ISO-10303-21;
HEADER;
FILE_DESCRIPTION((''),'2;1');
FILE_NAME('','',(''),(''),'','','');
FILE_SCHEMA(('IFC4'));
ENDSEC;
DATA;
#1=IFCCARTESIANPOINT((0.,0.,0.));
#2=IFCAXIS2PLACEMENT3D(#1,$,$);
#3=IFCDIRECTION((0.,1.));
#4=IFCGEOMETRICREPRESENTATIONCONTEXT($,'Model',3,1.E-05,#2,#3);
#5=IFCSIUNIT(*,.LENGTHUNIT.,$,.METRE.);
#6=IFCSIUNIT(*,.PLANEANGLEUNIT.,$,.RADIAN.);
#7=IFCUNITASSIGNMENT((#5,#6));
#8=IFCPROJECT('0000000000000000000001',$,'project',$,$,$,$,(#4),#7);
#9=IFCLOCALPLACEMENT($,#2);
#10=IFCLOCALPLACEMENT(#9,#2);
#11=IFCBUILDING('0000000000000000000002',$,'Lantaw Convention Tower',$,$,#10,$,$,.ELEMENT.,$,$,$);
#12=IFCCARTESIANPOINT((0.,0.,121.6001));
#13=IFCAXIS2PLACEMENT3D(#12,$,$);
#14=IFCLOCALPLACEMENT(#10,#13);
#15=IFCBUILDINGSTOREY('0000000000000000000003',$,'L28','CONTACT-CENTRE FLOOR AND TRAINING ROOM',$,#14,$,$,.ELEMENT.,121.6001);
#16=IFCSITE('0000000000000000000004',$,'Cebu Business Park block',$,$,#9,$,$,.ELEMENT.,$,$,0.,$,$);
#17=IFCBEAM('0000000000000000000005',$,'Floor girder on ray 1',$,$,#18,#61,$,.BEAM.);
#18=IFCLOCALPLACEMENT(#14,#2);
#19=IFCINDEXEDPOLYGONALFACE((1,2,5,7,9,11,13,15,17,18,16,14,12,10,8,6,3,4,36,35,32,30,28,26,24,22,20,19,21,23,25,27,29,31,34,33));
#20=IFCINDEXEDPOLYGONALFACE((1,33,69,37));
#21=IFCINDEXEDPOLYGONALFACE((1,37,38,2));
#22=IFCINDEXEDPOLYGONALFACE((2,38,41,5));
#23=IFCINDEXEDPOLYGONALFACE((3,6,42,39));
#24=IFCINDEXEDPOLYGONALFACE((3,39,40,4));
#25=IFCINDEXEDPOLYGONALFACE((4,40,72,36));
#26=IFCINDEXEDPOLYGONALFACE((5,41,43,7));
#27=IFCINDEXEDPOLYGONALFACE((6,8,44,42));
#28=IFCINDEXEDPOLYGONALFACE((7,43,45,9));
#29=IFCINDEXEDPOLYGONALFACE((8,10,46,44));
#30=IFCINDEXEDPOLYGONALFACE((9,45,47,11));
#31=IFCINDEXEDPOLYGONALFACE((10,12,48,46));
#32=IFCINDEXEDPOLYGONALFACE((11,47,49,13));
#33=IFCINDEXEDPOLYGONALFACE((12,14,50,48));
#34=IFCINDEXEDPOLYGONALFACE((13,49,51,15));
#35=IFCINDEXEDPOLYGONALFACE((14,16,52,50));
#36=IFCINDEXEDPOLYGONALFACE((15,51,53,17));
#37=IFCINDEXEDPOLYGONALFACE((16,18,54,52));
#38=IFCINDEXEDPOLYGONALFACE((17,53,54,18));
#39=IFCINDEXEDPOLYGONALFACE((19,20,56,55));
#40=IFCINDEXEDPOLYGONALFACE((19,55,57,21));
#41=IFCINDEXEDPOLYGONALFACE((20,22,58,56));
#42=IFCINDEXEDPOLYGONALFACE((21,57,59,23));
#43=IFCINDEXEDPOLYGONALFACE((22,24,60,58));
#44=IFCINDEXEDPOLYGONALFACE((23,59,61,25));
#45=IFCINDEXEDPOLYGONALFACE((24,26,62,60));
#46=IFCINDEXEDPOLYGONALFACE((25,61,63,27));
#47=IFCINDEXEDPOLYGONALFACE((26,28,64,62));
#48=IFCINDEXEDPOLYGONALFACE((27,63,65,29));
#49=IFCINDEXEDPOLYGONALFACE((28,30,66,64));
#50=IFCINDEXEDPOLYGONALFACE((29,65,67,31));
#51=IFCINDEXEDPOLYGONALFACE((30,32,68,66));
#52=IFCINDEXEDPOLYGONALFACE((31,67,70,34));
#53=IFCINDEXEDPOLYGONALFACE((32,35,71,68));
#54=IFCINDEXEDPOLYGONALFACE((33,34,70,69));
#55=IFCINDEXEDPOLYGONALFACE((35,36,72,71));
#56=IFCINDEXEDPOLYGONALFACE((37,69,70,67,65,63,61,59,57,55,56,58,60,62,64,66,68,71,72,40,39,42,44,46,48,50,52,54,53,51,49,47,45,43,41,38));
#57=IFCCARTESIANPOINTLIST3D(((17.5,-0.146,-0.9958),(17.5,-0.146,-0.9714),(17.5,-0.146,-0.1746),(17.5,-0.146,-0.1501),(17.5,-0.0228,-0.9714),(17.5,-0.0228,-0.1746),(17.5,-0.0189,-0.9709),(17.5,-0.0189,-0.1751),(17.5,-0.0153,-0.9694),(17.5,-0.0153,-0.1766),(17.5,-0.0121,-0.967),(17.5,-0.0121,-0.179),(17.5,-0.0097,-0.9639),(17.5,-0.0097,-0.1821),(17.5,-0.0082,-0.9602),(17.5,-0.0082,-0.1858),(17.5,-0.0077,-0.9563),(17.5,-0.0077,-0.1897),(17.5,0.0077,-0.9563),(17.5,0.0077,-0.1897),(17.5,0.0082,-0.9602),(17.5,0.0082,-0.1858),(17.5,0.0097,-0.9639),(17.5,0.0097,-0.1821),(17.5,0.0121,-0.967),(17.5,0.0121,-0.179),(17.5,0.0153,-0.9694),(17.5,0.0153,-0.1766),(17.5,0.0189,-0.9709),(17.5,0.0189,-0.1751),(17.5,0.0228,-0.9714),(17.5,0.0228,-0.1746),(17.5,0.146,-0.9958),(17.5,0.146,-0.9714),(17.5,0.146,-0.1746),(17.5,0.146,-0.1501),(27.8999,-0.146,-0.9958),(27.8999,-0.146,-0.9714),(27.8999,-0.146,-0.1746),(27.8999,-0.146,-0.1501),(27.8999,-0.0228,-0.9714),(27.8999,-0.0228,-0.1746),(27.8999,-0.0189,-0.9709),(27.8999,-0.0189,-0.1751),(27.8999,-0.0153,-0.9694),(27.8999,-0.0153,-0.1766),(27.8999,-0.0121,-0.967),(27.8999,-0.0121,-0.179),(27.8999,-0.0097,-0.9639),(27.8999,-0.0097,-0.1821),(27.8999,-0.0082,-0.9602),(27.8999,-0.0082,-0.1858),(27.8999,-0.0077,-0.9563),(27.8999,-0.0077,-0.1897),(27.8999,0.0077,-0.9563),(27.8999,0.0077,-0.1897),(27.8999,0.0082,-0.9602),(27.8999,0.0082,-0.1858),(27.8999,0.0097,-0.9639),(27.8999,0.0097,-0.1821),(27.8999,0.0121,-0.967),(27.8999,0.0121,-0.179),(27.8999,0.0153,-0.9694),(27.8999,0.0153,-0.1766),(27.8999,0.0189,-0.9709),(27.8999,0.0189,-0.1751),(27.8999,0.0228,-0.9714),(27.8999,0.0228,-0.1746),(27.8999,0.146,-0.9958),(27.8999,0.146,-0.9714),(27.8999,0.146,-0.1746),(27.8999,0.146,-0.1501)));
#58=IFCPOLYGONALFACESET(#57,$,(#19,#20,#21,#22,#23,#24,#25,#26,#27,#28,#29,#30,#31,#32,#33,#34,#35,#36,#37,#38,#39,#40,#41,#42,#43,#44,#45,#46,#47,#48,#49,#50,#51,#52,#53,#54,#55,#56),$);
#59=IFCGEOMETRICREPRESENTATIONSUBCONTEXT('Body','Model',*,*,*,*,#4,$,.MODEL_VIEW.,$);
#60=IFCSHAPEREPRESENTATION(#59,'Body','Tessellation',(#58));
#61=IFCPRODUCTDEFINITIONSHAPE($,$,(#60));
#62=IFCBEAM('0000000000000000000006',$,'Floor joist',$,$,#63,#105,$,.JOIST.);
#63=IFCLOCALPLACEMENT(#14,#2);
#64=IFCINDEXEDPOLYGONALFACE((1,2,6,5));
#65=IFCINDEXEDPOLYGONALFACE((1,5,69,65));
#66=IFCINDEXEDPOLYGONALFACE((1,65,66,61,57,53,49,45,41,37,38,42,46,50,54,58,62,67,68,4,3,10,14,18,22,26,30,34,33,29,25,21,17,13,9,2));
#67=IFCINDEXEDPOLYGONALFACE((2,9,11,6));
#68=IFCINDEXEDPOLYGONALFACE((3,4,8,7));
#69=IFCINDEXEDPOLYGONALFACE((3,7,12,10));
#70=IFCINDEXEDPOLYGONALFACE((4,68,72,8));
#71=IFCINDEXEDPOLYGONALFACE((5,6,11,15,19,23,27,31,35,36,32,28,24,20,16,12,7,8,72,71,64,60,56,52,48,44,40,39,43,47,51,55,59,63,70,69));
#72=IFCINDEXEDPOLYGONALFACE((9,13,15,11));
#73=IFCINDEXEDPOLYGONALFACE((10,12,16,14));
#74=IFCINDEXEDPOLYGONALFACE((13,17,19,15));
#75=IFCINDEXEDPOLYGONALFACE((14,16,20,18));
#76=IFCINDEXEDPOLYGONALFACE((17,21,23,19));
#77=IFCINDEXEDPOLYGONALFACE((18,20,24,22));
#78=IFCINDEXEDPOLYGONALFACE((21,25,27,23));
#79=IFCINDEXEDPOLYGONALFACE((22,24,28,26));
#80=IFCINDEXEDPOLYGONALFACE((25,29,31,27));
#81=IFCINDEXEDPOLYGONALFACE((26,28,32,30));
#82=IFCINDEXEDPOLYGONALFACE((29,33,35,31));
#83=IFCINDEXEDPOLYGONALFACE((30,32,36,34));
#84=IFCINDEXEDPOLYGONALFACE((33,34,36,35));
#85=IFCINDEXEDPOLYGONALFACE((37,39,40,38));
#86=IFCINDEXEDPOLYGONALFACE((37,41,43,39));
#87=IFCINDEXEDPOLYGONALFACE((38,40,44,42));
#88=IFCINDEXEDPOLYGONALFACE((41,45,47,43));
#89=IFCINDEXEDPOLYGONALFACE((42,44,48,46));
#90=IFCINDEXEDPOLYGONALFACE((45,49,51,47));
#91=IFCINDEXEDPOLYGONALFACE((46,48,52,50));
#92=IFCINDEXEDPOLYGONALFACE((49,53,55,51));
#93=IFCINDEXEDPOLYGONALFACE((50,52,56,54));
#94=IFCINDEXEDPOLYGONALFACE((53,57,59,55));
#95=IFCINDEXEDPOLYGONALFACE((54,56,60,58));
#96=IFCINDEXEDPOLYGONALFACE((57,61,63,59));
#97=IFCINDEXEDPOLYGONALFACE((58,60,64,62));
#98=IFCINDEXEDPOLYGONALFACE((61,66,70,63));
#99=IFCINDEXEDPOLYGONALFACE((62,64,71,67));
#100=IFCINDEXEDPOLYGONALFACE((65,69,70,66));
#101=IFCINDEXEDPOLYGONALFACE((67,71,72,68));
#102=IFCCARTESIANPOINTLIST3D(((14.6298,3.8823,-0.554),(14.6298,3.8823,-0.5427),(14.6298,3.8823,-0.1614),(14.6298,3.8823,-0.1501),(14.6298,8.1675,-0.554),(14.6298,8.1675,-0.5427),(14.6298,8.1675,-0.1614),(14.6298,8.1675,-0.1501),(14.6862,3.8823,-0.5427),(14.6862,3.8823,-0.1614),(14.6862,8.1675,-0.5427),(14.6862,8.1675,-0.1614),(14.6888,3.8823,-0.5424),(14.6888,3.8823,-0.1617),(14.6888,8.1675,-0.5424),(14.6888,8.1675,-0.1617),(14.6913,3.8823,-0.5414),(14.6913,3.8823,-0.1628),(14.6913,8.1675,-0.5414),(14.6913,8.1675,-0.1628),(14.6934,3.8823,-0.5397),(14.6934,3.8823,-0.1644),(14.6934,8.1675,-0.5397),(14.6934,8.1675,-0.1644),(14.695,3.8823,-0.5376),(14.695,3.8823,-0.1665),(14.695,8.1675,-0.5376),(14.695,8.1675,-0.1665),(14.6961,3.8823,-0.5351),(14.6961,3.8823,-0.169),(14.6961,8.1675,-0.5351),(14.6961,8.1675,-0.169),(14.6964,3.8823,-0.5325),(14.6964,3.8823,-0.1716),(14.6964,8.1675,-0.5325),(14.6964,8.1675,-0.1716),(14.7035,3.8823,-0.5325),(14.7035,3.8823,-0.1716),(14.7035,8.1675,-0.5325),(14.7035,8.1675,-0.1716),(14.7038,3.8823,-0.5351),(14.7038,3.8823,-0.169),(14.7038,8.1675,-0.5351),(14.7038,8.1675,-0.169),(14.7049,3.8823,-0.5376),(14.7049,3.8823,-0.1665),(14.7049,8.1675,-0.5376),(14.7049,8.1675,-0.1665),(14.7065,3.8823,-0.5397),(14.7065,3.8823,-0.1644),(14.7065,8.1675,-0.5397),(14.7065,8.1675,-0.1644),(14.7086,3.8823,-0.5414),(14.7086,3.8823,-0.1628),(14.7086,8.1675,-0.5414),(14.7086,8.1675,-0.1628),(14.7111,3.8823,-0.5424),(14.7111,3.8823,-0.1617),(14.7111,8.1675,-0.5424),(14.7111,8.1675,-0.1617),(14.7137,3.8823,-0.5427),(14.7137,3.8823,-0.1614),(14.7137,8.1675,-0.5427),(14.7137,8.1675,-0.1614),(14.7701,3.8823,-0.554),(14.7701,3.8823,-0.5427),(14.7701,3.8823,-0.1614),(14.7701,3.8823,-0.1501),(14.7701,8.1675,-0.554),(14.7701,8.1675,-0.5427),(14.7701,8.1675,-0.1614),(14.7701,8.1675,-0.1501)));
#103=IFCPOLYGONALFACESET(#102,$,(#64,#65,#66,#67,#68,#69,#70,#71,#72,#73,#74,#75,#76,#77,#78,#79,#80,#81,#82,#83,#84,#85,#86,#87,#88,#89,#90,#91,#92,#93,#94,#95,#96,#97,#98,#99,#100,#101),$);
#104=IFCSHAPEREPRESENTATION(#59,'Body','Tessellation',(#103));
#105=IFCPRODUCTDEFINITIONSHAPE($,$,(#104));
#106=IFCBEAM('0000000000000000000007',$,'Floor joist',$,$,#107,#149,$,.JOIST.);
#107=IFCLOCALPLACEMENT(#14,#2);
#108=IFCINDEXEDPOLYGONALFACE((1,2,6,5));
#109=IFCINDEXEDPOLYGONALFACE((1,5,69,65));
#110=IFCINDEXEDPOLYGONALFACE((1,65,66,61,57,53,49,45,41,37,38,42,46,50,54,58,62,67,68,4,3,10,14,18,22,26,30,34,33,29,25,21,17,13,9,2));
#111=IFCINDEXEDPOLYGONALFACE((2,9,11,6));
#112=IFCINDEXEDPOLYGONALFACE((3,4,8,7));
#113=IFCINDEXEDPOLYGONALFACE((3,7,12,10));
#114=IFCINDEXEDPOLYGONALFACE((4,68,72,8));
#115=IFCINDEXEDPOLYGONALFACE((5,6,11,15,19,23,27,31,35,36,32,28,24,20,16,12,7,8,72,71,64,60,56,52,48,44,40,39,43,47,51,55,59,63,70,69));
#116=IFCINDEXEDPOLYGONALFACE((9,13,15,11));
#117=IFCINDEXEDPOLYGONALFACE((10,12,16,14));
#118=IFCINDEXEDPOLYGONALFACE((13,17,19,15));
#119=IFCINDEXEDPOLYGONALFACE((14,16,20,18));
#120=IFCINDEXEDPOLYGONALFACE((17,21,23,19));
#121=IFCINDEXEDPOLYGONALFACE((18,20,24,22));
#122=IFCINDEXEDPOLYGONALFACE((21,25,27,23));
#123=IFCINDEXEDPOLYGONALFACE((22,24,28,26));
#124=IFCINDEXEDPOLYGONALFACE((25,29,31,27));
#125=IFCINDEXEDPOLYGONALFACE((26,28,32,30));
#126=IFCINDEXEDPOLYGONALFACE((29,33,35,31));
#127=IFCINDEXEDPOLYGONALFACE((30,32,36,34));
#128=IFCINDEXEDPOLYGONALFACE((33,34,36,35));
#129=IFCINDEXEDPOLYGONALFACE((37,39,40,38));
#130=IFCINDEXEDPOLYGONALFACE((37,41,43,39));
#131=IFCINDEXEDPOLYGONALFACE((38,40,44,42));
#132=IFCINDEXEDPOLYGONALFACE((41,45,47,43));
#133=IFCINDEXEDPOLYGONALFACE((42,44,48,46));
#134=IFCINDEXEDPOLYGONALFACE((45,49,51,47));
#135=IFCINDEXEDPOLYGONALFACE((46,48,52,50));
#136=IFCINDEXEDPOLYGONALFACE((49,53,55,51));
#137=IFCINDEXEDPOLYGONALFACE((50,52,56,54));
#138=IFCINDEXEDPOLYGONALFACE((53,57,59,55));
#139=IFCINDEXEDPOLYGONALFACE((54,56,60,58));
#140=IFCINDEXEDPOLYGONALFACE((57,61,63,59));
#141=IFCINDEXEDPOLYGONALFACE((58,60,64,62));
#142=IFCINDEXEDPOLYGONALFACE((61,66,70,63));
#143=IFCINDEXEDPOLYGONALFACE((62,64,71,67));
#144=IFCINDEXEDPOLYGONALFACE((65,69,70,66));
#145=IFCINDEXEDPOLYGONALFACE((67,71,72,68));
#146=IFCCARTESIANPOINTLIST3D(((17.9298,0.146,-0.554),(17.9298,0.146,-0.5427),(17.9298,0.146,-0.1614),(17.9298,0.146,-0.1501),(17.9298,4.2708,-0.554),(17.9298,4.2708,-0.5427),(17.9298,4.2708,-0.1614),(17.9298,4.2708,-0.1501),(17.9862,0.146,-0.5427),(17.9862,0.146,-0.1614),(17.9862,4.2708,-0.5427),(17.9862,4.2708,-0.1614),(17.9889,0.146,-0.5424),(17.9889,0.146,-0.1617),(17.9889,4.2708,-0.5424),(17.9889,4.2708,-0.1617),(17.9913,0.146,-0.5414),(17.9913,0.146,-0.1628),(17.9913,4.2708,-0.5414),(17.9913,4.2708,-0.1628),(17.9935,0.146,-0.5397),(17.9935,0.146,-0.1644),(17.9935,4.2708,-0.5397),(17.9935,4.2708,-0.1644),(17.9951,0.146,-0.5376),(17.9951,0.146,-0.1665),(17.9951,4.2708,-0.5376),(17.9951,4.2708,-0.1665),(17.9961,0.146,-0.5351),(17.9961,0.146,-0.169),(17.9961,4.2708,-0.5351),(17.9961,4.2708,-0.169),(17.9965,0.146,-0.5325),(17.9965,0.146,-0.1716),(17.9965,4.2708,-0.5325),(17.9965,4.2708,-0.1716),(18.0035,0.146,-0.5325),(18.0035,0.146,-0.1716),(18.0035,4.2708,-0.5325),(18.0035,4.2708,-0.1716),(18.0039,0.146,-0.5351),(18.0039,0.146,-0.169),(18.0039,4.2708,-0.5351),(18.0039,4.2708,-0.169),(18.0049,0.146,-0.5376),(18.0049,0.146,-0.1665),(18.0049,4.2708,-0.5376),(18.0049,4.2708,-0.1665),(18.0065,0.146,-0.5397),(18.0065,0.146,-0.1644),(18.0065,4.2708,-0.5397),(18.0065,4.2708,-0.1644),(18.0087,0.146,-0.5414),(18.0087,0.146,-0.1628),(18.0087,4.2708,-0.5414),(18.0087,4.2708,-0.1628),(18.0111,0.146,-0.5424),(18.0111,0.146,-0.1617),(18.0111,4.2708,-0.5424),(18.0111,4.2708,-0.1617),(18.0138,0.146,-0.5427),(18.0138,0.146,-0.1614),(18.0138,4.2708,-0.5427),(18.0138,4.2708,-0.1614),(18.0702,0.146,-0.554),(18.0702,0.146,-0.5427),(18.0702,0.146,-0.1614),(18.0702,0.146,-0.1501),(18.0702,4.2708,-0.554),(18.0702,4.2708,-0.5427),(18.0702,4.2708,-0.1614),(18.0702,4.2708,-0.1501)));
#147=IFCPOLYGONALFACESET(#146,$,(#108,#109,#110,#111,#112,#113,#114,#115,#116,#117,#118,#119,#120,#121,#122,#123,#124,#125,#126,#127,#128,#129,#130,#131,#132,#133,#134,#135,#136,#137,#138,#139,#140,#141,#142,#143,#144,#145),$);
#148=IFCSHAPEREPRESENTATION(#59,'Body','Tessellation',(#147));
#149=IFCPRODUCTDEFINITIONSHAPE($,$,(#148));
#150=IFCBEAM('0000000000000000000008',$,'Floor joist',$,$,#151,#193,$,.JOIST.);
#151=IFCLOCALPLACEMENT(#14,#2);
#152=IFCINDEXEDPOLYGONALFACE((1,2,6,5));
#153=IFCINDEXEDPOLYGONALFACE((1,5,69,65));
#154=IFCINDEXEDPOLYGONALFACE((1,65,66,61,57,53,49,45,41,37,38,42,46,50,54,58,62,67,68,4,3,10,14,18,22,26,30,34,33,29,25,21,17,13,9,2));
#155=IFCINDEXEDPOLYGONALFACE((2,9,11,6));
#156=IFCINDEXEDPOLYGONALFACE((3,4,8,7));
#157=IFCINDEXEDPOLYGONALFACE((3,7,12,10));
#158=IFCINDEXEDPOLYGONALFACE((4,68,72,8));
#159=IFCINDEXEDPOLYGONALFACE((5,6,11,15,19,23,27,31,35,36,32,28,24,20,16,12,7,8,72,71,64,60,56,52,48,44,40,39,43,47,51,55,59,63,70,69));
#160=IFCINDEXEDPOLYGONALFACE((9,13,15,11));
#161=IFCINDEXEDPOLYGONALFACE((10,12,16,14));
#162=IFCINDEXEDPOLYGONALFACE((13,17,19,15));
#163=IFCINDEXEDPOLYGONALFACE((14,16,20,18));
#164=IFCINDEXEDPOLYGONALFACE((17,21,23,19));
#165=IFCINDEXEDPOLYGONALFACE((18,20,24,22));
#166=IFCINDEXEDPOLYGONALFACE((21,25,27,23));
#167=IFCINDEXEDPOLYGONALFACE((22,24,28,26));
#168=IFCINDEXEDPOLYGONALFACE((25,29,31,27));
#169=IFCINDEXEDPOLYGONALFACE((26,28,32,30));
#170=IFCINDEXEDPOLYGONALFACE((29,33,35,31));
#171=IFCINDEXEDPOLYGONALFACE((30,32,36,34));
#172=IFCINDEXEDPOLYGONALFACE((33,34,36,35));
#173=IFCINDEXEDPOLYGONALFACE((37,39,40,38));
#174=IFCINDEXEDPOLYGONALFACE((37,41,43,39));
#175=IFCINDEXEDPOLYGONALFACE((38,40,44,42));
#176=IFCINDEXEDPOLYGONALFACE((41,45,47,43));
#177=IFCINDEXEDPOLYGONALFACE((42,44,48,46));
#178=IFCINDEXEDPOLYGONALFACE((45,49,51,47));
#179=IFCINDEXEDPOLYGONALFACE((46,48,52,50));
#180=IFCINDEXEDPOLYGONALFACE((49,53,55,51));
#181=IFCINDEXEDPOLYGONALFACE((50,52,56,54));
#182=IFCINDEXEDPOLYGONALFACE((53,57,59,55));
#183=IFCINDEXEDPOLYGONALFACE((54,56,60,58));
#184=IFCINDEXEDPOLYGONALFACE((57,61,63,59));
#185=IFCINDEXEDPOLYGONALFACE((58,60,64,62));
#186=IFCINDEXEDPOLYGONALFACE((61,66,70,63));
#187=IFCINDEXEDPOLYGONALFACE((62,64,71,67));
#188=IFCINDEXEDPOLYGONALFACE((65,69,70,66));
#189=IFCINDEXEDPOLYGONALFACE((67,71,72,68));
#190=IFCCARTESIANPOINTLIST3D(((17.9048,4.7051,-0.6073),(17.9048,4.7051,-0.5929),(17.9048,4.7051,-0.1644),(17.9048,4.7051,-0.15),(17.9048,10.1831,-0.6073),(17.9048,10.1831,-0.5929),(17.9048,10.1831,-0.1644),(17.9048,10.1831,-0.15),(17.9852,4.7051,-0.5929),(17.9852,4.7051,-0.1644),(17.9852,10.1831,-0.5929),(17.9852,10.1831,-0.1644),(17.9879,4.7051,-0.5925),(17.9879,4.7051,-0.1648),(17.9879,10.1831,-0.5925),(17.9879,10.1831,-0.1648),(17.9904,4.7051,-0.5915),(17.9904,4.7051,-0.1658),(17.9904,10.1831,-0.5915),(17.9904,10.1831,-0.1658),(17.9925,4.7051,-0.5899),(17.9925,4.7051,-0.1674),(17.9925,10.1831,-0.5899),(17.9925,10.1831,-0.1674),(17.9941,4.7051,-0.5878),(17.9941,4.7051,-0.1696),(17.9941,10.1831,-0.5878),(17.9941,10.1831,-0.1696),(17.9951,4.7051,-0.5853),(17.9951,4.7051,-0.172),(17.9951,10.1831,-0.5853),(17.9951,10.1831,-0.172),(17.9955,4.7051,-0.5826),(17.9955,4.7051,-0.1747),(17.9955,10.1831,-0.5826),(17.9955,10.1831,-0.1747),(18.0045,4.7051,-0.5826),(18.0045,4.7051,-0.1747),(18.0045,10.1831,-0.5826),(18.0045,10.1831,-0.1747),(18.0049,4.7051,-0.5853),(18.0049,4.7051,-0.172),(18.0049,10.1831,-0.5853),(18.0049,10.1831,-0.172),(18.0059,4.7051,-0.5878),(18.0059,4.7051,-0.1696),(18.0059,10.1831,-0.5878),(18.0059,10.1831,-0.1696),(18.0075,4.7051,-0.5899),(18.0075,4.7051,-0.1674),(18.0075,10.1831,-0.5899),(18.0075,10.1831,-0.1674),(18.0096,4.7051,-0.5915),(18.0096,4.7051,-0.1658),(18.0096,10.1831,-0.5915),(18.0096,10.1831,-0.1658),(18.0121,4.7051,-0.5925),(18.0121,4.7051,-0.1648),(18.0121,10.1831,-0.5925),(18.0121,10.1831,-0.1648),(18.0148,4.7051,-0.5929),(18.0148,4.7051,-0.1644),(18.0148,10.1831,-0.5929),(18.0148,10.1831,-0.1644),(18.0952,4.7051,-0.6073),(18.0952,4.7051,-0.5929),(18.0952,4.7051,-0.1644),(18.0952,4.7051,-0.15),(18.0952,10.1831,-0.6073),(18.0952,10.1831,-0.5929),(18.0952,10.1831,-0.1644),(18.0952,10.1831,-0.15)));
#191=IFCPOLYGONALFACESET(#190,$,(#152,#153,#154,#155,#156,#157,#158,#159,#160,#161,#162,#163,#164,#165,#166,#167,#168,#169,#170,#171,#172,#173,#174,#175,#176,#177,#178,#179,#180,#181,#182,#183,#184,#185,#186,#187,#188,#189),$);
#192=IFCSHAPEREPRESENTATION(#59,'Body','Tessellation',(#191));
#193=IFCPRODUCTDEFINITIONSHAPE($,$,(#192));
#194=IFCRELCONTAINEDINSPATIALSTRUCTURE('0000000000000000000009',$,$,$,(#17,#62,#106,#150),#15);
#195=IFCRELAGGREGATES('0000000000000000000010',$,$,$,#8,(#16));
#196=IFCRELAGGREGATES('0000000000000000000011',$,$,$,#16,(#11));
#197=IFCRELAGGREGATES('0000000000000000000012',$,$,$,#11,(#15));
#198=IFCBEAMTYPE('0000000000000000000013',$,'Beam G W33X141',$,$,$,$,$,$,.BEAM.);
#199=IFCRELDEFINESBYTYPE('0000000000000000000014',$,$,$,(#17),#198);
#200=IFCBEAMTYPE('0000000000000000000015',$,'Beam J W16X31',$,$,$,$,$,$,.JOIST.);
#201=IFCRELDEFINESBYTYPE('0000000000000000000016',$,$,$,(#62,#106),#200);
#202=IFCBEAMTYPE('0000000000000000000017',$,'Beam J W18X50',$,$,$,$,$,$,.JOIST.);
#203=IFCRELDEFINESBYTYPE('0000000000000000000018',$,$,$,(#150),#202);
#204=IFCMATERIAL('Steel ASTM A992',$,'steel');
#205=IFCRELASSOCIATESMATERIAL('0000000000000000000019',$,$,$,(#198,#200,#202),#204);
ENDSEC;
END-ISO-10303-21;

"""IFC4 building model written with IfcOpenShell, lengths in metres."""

from ifc_helpers import new_model, si_unit, direction, frame, origin, origin_2d, place, context, subcontext, project, spatial, i_section, extrude, material, material_profile, profile_set, type_object, element, save


model = new_model("IFC4")

# Units and contexts
model_context = context("Model", 3, precision=1e-05, world=origin(), true_north=direction((0.0, 1.0)))
body_context = subcontext(model_context, "Body", "Model", "MODEL_VIEW")
ifc_project = project(units=[si_unit("LENGTHUNIT", "METRE"), si_unit("PLANEANGLEUNIT", "RADIAN")], contexts=[model_context])

# Site, building, storey
site_placement = place(None, origin())
site = spatial("IfcSite", under=ifc_project, at=site_placement, Name="Cebu Business Park block", CompositionType="ELEMENT", RefElevation=0.0)
building_placement = place(site_placement, origin())
building = spatial("IfcBuilding", under=site, at=building_placement, Name="Lantaw Convention Tower", CompositionType="ELEMENT")
storey_placement = place(building_placement, frame((0.0, 0.0, 121.6001)))
storey = spatial("IfcBuildingStorey", under=building, at=storey_placement, Name="L28", Description="CONTACT-CENTRE FLOOR AND TRAINING ROOM", CompositionType="ELEMENT", Elevation=121.6001)

# Beams
ifc_material_1 = material(Name="Steel ASTM A992", Category="steel")
ifc_material_profile_1 = material_profile(ifc_material_1, i_section(OverallWidth=0.292, OverallDepth=0.8457, WebThickness=0.0154, FlangeThickness=0.0244, FilletRadius=0.0151, at=origin_2d()), Name="W33X141")
ifc_profile_set_1 = profile_set([ifc_material_profile_1], Name="Steel ASTM A992")
beam_type_1 = type_object("IfcBeamType", Name="Beam G W33X141", PredefinedType="BEAM", material=ifc_profile_set_1)
beam_1_placement = place(storey_placement, frame((17.5, 0.0, -0.573), z_axis=(1.0, 0.0, 0.0), x_axis=(0.0, 1.0, 0.0)))
element("IfcBeam", 1, at=beam_1_placement, inside=storey, type_object=beam_type_1, Name="Floor girder on ray 1", PredefinedType="BEAM", context=body_context, shape_type="SweptSolid", body=[
    extrude(i_section(OverallWidth=0.292, OverallDepth=0.8457, WebThickness=0.0154, FlangeThickness=0.0244, FilletRadius=0.0151, at=origin_2d()), origin(), (0.0, 0.0, 1.0), 10.3999),
])
ifc_material_profile_2 = material_profile(ifc_material_1, i_section(OverallWidth=0.1404, OverallDepth=0.4038, WebThickness=0.0071, FlangeThickness=0.0112, FilletRadius=0.0103, at=origin_2d()), Name="W16X31")
ifc_profile_set_2 = profile_set([ifc_material_profile_2], Name="Steel ASTM A992")
beam_type_2 = type_object("IfcBeamType", Name="Beam J W16X31", PredefinedType="JOIST", material=ifc_profile_set_2)
beam_2_placement = place(storey_placement, frame((14.7, 3.8823, -0.3521), z_axis=(0.0, 1.0, 0.0), x_axis=(-1.0, 0.0, 0.0)))
element("IfcBeam", 2, at=beam_2_placement, inside=storey, type_object=beam_type_2, Name="Floor joist", PredefinedType="JOIST", context=body_context, shape_type="SweptSolid", body=[
    extrude(i_section(OverallWidth=0.1404, OverallDepth=0.4038, WebThickness=0.0071, FlangeThickness=0.0112, FilletRadius=0.0103, at=origin_2d()), origin(), (0.0, 0.0, 1.0), 4.2852),
])
beam_3_placement = place(storey_placement, frame((18.0, 0.146, -0.3521), z_axis=(0.0, 1.0, 0.0), x_axis=(-1.0, 0.0, 0.0)))
element("IfcBeam", 3, at=beam_3_placement, inside=storey, type_object=beam_type_2, Name="Floor joist", PredefinedType="JOIST", context=body_context, shape_type="SweptSolid", body=[
    extrude(i_section(OverallWidth=0.1404, OverallDepth=0.4038, WebThickness=0.0071, FlangeThickness=0.0112, FilletRadius=0.0103, at=origin_2d()), origin(), (0.0, 0.0, 1.0), 4.1248),
])
ifc_material_profile_3 = material_profile(ifc_material_1, i_section(OverallWidth=0.1904, OverallDepth=0.4573, WebThickness=0.009, FlangeThickness=0.0144, FilletRadius=0.0103, at=origin_2d()), Name="W18X50")
ifc_profile_set_3 = profile_set([ifc_material_profile_3], Name="Steel ASTM A992")
beam_type_3 = type_object("IfcBeamType", Name="Beam J W18X50", PredefinedType="JOIST", material=ifc_profile_set_3)
beam_4_placement = place(storey_placement, frame((18.0, 4.7051, -0.3787), z_axis=(0.0, 1.0, 0.0), x_axis=(-1.0, 0.0, 0.0)))
element("IfcBeam", 4, at=beam_4_placement, inside=storey, type_object=beam_type_3, Name="Floor joist", PredefinedType="JOIST", context=body_context, shape_type="SweptSolid", body=[
    extrude(i_section(OverallWidth=0.1904, OverallDepth=0.4573, WebThickness=0.009, FlangeThickness=0.0144, FilletRadius=0.0103, at=origin_2d()), origin(), (0.0, 0.0, 1.0), 5.478),
])

save(model, "model.ifc")
